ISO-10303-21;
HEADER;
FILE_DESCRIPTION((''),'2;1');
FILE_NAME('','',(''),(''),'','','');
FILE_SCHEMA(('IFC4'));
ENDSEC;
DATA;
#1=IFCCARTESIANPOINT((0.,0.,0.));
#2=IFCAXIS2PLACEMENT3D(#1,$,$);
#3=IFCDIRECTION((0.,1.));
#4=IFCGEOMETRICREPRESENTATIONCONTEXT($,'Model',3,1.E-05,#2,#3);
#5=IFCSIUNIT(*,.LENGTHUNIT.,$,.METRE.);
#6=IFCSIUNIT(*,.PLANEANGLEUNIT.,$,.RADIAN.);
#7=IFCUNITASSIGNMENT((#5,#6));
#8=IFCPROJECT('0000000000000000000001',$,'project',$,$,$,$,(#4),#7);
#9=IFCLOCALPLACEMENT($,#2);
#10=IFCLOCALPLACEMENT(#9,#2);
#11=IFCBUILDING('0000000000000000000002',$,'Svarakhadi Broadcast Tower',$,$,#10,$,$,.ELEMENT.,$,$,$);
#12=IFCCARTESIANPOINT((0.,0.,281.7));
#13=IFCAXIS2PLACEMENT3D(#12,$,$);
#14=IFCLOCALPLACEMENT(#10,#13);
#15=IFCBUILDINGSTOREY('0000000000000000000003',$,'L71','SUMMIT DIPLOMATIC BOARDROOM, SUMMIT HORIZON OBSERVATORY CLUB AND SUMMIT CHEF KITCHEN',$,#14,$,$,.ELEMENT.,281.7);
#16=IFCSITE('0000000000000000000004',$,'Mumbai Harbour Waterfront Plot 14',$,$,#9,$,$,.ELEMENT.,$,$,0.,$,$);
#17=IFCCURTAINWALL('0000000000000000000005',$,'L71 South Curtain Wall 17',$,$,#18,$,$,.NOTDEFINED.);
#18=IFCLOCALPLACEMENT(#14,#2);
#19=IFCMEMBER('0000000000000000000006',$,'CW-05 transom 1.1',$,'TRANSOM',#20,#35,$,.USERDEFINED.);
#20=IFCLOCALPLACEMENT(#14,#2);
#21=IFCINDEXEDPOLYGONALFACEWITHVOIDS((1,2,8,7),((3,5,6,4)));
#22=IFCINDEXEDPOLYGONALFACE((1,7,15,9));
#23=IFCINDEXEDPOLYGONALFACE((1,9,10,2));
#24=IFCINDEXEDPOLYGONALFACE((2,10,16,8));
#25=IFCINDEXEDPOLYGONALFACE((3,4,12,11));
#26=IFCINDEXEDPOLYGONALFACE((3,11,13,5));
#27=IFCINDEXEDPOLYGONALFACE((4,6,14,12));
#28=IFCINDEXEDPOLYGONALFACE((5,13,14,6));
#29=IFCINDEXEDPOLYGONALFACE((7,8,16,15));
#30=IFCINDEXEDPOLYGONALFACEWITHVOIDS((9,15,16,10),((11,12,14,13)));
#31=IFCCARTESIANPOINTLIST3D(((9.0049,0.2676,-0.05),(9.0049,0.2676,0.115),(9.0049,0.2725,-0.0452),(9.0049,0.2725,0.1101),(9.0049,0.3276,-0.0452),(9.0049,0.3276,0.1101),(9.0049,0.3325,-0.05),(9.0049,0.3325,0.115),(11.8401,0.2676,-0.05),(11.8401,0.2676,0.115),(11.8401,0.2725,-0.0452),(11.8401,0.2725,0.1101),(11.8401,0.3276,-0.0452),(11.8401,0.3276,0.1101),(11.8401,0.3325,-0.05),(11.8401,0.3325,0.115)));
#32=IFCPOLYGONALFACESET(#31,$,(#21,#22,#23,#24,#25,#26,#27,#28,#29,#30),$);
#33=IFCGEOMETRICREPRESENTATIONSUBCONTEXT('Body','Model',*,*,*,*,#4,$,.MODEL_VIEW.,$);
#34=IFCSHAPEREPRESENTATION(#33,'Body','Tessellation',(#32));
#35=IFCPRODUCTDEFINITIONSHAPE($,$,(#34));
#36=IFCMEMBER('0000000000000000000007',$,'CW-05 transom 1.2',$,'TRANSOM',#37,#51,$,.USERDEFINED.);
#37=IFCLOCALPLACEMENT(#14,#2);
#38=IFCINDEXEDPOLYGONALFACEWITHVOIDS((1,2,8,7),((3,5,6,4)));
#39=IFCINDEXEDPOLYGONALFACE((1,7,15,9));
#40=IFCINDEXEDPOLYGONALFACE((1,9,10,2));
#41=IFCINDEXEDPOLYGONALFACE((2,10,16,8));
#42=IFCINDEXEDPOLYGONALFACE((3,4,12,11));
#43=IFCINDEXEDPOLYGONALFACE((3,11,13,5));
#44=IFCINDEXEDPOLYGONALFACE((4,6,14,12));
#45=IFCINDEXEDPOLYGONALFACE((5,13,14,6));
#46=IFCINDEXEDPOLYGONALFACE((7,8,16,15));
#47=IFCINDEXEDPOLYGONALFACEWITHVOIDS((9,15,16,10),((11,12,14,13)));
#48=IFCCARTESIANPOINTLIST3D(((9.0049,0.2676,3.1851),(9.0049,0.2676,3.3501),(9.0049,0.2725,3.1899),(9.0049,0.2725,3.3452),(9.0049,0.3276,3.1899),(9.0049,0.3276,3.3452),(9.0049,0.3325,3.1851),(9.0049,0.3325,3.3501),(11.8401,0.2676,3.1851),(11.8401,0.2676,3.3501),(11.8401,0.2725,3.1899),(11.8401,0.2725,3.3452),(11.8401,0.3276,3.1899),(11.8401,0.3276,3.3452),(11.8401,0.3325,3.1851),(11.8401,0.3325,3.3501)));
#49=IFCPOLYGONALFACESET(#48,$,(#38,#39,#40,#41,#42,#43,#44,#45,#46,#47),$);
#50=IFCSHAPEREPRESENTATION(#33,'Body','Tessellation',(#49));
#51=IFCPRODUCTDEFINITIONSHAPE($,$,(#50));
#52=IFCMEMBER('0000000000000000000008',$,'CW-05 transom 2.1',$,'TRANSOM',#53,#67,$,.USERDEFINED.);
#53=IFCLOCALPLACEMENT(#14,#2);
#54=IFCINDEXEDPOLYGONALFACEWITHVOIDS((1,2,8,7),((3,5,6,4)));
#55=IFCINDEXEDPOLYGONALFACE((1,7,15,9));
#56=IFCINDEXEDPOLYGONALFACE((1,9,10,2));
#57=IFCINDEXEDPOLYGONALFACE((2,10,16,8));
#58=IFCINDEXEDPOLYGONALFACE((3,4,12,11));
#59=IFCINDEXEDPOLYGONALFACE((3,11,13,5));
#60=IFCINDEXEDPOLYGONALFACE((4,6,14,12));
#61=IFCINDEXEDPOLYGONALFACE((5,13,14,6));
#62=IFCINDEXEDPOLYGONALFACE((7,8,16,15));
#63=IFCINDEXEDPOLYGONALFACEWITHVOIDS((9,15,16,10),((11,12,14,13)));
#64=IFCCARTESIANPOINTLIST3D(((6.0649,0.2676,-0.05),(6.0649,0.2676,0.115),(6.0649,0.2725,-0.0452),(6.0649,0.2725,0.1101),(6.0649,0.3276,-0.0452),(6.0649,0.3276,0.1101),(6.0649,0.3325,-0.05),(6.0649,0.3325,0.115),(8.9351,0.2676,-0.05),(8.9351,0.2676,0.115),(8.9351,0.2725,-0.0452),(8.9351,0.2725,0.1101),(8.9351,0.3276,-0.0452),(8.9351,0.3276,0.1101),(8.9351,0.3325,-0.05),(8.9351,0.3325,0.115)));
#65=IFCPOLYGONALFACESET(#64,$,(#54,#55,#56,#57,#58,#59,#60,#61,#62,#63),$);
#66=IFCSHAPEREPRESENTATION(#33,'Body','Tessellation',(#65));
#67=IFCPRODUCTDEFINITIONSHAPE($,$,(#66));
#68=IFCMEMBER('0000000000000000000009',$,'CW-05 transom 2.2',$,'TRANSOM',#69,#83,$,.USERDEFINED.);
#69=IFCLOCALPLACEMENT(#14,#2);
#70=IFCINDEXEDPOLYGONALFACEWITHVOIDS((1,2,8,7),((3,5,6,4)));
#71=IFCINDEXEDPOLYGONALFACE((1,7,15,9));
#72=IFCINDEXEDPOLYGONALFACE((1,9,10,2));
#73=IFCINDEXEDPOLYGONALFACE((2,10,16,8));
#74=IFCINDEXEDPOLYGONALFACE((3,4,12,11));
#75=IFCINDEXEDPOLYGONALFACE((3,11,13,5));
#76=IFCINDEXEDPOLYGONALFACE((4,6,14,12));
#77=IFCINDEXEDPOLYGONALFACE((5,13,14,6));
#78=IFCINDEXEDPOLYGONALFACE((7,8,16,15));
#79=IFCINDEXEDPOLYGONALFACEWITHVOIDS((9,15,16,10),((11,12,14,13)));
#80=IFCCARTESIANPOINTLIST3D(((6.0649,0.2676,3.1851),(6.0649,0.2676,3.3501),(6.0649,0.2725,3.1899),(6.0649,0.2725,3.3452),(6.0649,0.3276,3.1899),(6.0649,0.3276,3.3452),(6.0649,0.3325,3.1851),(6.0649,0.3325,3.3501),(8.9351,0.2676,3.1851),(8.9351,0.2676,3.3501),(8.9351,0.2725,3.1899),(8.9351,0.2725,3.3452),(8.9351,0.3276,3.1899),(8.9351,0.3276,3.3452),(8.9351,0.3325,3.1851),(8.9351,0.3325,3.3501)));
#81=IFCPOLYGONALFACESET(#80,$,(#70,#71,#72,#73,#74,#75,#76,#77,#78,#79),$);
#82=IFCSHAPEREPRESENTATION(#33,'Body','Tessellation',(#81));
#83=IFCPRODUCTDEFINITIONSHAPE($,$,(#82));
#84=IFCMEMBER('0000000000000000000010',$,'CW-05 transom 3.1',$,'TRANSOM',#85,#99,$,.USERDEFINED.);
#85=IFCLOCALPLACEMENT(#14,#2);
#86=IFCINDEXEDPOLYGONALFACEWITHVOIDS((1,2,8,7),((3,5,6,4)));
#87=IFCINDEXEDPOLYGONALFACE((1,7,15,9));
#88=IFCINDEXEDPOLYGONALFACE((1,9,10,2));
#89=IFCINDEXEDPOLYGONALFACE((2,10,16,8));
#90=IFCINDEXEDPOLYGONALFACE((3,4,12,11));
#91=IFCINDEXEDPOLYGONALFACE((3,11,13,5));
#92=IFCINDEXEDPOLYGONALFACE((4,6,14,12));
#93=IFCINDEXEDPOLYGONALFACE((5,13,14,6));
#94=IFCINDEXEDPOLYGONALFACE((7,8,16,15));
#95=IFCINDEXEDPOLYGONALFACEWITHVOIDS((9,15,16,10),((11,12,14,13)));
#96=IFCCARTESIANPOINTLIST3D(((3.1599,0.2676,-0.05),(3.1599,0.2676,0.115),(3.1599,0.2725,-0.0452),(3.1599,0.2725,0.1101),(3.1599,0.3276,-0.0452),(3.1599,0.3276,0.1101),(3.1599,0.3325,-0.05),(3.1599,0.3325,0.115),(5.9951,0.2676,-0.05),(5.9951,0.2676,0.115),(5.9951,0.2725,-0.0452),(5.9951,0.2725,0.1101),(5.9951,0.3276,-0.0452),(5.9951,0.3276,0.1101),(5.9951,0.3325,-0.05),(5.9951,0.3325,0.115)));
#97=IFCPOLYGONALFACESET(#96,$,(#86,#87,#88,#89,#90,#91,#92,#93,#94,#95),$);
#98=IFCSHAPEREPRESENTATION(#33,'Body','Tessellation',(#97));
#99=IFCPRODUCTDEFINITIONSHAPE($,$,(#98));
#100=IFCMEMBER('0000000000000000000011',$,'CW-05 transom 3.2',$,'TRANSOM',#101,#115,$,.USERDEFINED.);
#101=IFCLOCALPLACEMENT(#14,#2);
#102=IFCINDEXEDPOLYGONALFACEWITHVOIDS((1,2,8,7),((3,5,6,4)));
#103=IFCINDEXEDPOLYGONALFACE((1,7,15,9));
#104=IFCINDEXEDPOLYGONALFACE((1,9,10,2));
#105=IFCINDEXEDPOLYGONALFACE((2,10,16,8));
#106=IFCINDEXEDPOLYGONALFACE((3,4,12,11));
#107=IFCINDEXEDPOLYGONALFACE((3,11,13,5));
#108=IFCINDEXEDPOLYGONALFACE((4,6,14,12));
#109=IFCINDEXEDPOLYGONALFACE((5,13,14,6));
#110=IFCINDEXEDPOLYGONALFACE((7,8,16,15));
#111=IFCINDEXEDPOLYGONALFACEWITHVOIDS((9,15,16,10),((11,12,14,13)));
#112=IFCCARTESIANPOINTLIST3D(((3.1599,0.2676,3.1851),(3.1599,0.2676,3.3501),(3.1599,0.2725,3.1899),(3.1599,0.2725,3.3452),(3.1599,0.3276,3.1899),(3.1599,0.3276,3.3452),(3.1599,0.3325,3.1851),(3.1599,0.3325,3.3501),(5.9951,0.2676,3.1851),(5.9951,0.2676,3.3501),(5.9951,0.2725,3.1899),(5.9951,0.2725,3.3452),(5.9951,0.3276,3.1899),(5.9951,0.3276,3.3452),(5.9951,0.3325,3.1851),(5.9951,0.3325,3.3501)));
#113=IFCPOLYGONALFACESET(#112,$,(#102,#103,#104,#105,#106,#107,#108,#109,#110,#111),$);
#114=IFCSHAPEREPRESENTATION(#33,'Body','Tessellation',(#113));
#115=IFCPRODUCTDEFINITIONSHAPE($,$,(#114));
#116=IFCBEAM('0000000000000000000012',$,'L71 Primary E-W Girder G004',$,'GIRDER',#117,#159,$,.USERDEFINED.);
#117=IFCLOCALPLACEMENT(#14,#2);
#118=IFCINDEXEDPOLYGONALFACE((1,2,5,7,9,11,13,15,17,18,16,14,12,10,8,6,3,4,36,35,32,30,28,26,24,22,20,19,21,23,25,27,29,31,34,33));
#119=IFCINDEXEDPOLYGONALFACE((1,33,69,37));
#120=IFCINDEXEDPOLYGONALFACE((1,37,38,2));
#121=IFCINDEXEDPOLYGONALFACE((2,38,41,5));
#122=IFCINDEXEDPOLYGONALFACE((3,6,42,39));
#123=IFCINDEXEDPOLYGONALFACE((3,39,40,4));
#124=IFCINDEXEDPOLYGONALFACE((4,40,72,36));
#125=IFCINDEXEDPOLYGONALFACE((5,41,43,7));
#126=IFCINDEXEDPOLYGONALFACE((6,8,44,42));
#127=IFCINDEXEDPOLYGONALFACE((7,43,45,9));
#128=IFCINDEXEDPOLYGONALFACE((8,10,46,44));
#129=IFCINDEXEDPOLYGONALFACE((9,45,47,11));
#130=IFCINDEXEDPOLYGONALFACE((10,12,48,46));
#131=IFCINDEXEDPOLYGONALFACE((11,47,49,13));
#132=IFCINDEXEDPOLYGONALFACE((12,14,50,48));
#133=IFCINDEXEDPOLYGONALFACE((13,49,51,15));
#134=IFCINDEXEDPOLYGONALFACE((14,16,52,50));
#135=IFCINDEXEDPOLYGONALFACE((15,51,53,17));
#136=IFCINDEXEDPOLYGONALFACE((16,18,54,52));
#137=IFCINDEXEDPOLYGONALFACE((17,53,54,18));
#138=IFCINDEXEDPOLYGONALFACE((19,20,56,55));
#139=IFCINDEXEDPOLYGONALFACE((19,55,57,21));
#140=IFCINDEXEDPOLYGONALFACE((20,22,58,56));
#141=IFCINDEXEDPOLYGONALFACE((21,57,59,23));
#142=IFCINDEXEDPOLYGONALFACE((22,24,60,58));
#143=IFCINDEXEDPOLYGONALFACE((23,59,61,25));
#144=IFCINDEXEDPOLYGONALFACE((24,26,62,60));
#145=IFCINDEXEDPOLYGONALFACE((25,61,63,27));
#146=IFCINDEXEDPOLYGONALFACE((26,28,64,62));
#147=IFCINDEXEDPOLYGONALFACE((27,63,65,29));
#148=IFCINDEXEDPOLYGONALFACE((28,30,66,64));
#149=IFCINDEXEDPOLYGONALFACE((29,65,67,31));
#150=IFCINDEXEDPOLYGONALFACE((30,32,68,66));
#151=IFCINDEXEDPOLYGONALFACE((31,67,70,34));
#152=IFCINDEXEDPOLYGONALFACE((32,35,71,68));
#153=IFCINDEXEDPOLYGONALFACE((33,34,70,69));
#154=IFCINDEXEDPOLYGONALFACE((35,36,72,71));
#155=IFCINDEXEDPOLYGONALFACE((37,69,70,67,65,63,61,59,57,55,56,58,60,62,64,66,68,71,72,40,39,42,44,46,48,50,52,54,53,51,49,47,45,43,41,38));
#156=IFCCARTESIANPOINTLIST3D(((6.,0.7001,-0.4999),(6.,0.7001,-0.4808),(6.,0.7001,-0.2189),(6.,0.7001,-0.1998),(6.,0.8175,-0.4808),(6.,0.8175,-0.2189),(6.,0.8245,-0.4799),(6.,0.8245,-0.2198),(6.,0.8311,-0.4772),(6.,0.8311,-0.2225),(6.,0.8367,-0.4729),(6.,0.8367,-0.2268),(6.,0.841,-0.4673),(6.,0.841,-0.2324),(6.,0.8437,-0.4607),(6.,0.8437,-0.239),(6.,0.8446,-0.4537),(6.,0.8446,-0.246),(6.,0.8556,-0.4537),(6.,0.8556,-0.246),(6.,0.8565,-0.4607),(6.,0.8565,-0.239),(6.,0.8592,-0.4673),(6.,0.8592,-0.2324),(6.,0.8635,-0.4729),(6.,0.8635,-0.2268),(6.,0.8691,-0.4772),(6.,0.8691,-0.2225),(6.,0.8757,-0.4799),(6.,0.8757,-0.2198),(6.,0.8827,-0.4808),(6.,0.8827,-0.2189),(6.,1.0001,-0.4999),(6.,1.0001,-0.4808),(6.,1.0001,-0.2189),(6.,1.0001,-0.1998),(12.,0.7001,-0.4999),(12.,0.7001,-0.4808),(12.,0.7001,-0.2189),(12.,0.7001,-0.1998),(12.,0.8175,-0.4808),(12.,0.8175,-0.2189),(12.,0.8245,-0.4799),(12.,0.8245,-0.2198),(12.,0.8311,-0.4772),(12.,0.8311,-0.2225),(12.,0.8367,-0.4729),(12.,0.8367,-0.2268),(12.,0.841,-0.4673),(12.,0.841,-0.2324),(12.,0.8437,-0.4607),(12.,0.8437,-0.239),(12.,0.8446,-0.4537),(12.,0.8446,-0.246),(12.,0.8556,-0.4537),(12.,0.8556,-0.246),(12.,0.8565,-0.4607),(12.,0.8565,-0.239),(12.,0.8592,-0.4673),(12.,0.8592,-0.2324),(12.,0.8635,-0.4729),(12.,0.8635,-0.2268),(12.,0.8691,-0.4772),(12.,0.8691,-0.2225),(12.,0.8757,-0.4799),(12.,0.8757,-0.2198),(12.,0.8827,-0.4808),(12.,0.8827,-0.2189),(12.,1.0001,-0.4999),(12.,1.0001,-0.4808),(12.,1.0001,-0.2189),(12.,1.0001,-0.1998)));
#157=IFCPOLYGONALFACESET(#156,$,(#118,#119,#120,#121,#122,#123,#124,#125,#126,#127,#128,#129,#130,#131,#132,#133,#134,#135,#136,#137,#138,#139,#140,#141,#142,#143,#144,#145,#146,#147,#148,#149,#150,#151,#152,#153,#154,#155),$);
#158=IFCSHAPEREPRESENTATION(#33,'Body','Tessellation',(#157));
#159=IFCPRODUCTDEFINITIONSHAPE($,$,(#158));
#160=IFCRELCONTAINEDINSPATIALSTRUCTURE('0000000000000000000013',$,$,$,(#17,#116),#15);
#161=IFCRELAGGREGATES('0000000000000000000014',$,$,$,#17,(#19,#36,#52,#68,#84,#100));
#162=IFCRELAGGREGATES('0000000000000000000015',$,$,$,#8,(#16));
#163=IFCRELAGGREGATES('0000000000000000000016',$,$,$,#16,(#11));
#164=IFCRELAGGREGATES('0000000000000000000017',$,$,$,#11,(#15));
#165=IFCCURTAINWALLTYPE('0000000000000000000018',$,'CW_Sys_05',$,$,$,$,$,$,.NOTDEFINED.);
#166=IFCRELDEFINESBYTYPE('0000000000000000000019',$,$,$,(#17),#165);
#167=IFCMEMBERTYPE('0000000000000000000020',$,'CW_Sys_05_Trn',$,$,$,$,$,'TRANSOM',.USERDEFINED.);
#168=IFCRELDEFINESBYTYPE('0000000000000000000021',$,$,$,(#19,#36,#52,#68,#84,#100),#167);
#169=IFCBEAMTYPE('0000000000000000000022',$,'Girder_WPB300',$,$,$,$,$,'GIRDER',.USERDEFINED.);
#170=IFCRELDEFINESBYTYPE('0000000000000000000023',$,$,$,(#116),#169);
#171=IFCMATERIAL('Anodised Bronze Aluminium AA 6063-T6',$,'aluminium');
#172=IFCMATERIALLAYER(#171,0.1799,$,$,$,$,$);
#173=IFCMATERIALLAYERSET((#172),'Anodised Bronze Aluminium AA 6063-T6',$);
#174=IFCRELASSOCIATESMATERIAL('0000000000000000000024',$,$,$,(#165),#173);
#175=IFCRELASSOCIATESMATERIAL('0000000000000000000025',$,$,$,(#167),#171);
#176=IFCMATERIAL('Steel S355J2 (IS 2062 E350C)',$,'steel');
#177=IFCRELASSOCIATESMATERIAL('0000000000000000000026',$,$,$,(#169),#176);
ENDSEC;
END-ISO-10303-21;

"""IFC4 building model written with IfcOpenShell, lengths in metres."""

from ifc_helpers import new_model, si_unit, direction, frame, origin, origin_2d, place, context, subcontext, project, spatial, hollow_rectangle, i_section, extrude, material, layer, layer_set, material_profile, profile_set, type_object, element, aggregate, save


model = new_model("IFC4")

# Units and contexts
model_context = context("Model", 3, precision=1e-05, world=origin(), true_north=direction((0.0, 1.0)))
body_context = subcontext(model_context, "Body", "Model", "MODEL_VIEW")
ifc_project = project(units=[si_unit("LENGTHUNIT", "METRE"), si_unit("PLANEANGLEUNIT", "RADIAN")], contexts=[model_context])

# Site, building, storey
site_placement = place(None, origin())
site = spatial("IfcSite", under=ifc_project, at=site_placement, Name="Mumbai Harbour Waterfront Plot 14", CompositionType="ELEMENT", RefElevation=0.0)
building_placement = place(site_placement, origin())
building = spatial("IfcBuilding", under=site, at=building_placement, Name="Svarakhadi Broadcast Tower", CompositionType="ELEMENT")
storey_placement = place(building_placement, frame((0.0, 0.0, 281.7)))
storey = spatial("IfcBuildingStorey", under=building, at=storey_placement, Name="L71", Description="SUMMIT DIPLOMATIC BOARDROOM, SUMMIT HORIZON OBSERVATORY CLUB AND SUMMIT CHEF KITCHEN", CompositionType="ELEMENT", Elevation=281.7)

# Curtain wall, members
ifc_material_1 = material(Name="Anodised Bronze Aluminium AA 6063-T6", Category="aluminium")
ifc_layer_1 = layer(ifc_material_1, 0.1799)
ifc_layer_set_1 = layer_set([ifc_layer_1], Name="Anodised Bronze Aluminium AA 6063-T6")
curtain_wall_type = type_object("IfcCurtainWallType", Name="CW_Sys_05", PredefinedType="NOTDEFINED", material=ifc_layer_set_1)
curtain_wall_placement = place(storey_placement, origin())
curtain_wall = element("IfcCurtainWall", 1, at=curtain_wall_placement, inside=storey, type_object=curtain_wall_type, Name="L71 South Curtain Wall 17", PredefinedType="NOTDEFINED")
ifc_material_profile_1 = material_profile(ifc_material_1, hollow_rectangle(XDim=0.0649, YDim=0.165, WallThickness=0.0049, at=origin_2d()), Name="ALU TRANSOM 165x65x5")
ifc_profile_set_1 = profile_set([ifc_material_profile_1], Name="Anodised Bronze Aluminium AA 6063-T6")
member_type_1 = type_object("IfcMemberType", Name="CW_Sys_05_Trn", ElementType="TRANSOM", PredefinedType="USERDEFINED", material=ifc_profile_set_1)
member_1_placement = place(storey_placement, frame((11.8401, 0.3, 0.0325), z_axis=(-1.0, 0.0, 0.0), x_axis=(0.0, -1.0, 0.0)))
member_1 = element("IfcMember", 2, at=member_1_placement, type_object=member_type_1, Name="CW-05 transom 1.1", ObjectType="TRANSOM", PredefinedType="USERDEFINED", context=body_context, shape_type="SweptSolid", body=[
    extrude(hollow_rectangle(XDim=0.0649, YDim=0.165, WallThickness=0.0049, at=origin_2d()), origin(), (0.0, 0.0, 1.0), 2.8352),
])
member_2_placement = place(storey_placement, frame((11.8401, 0.3, 3.2676), z_axis=(-1.0, 0.0, 0.0), x_axis=(0.0, -1.0, 0.0)))
member_2 = element("IfcMember", 3, at=member_2_placement, type_object=member_type_1, Name="CW-05 transom 1.2", ObjectType="TRANSOM", PredefinedType="USERDEFINED", context=body_context, shape_type="SweptSolid", body=[
    extrude(hollow_rectangle(XDim=0.0649, YDim=0.165, WallThickness=0.0049, at=origin_2d()), origin(), (0.0, 0.0, 1.0), 2.8352),
])
member_3_placement = place(storey_placement, frame((8.9351, 0.3, 0.0325), z_axis=(-1.0, 0.0, 0.0), x_axis=(0.0, -1.0, 0.0)))
member_3 = element("IfcMember", 4, at=member_3_placement, type_object=member_type_1, Name="CW-05 transom 2.1", ObjectType="TRANSOM", PredefinedType="USERDEFINED", context=body_context, shape_type="SweptSolid", body=[
    extrude(hollow_rectangle(XDim=0.0649, YDim=0.165, WallThickness=0.0049, at=origin_2d()), origin(), (0.0, 0.0, 1.0), 2.8701),
])
member_4_placement = place(storey_placement, frame((8.9351, 0.3, 3.2676), z_axis=(-1.0, 0.0, 0.0), x_axis=(0.0, -1.0, 0.0)))
member_4 = element("IfcMember", 5, at=member_4_placement, type_object=member_type_1, Name="CW-05 transom 2.2", ObjectType="TRANSOM", PredefinedType="USERDEFINED", context=body_context, shape_type="SweptSolid", body=[
    extrude(hollow_rectangle(XDim=0.0649, YDim=0.165, WallThickness=0.0049, at=origin_2d()), origin(), (0.0, 0.0, 1.0), 2.8701),
])
member_5_placement = place(storey_placement, frame((5.9951, 0.3, 0.0325), z_axis=(-1.0, 0.0, 0.0), x_axis=(0.0, -1.0, 0.0)))
member_5 = element("IfcMember", 6, at=member_5_placement, type_object=member_type_1, Name="CW-05 transom 3.1", ObjectType="TRANSOM", PredefinedType="USERDEFINED", context=body_context, shape_type="SweptSolid", body=[
    extrude(hollow_rectangle(XDim=0.0649, YDim=0.165, WallThickness=0.0049, at=origin_2d()), origin(), (0.0, 0.0, 1.0), 2.8352),
])
member_6_placement = place(storey_placement, frame((5.9951, 0.3, 3.2676), z_axis=(-1.0, 0.0, 0.0), x_axis=(0.0, -1.0, 0.0)))
member_6 = element("IfcMember", 7, at=member_6_placement, type_object=member_type_1, Name="CW-05 transom 3.2", ObjectType="TRANSOM", PredefinedType="USERDEFINED", context=body_context, shape_type="SweptSolid", body=[
    extrude(hollow_rectangle(XDim=0.0649, YDim=0.165, WallThickness=0.0049, at=origin_2d()), origin(), (0.0, 0.0, 1.0), 2.8352),
])

# Beam
ifc_material_2 = material(Name="Steel S355J2 (IS 2062 E350C)", Category="steel")
ifc_material_profile_2 = material_profile(ifc_material_2, i_section(OverallWidth=0.3, OverallDepth=0.3, WebThickness=0.011, FlangeThickness=0.019, FilletRadius=0.0271, at=origin_2d()), Name="WPB 300x300x117")
ifc_profile_set_2 = profile_set([ifc_material_profile_2], Name="Steel S355J2 (IS 2062 E350C)")
beam_type_1 = type_object("IfcBeamType", Name="Girder_WPB300", ElementType="GIRDER", PredefinedType="USERDEFINED", material=ifc_profile_set_2)
for number, where, z_axis, x_axis, name in (
    (8, (6.0, 0.8501, -0.3499), (1.0, 0.0, 0.0), (0.0, 1.0, 0.0), "L71 Primary E-W Girder G004"),
):
    element("IfcBeam", number, at=place(storey_placement, frame(where, z_axis=z_axis, x_axis=x_axis)), inside=storey, type_object=beam_type_1, Name=name, ObjectType="GIRDER", PredefinedType="USERDEFINED", context=body_context, shape_type="SweptSolid", body=[
        extrude(i_section(OverallWidth=0.3, OverallDepth=0.3, WebThickness=0.011, FlangeThickness=0.019, FilletRadius=0.0271, at=origin_2d()), origin(), (0.0, 0.0, 1.0), 6.0),
    ])

aggregate(curtain_wall, [member_1, member_2, member_3, member_4, member_5, member_6])

save(model, "model.ifc")
